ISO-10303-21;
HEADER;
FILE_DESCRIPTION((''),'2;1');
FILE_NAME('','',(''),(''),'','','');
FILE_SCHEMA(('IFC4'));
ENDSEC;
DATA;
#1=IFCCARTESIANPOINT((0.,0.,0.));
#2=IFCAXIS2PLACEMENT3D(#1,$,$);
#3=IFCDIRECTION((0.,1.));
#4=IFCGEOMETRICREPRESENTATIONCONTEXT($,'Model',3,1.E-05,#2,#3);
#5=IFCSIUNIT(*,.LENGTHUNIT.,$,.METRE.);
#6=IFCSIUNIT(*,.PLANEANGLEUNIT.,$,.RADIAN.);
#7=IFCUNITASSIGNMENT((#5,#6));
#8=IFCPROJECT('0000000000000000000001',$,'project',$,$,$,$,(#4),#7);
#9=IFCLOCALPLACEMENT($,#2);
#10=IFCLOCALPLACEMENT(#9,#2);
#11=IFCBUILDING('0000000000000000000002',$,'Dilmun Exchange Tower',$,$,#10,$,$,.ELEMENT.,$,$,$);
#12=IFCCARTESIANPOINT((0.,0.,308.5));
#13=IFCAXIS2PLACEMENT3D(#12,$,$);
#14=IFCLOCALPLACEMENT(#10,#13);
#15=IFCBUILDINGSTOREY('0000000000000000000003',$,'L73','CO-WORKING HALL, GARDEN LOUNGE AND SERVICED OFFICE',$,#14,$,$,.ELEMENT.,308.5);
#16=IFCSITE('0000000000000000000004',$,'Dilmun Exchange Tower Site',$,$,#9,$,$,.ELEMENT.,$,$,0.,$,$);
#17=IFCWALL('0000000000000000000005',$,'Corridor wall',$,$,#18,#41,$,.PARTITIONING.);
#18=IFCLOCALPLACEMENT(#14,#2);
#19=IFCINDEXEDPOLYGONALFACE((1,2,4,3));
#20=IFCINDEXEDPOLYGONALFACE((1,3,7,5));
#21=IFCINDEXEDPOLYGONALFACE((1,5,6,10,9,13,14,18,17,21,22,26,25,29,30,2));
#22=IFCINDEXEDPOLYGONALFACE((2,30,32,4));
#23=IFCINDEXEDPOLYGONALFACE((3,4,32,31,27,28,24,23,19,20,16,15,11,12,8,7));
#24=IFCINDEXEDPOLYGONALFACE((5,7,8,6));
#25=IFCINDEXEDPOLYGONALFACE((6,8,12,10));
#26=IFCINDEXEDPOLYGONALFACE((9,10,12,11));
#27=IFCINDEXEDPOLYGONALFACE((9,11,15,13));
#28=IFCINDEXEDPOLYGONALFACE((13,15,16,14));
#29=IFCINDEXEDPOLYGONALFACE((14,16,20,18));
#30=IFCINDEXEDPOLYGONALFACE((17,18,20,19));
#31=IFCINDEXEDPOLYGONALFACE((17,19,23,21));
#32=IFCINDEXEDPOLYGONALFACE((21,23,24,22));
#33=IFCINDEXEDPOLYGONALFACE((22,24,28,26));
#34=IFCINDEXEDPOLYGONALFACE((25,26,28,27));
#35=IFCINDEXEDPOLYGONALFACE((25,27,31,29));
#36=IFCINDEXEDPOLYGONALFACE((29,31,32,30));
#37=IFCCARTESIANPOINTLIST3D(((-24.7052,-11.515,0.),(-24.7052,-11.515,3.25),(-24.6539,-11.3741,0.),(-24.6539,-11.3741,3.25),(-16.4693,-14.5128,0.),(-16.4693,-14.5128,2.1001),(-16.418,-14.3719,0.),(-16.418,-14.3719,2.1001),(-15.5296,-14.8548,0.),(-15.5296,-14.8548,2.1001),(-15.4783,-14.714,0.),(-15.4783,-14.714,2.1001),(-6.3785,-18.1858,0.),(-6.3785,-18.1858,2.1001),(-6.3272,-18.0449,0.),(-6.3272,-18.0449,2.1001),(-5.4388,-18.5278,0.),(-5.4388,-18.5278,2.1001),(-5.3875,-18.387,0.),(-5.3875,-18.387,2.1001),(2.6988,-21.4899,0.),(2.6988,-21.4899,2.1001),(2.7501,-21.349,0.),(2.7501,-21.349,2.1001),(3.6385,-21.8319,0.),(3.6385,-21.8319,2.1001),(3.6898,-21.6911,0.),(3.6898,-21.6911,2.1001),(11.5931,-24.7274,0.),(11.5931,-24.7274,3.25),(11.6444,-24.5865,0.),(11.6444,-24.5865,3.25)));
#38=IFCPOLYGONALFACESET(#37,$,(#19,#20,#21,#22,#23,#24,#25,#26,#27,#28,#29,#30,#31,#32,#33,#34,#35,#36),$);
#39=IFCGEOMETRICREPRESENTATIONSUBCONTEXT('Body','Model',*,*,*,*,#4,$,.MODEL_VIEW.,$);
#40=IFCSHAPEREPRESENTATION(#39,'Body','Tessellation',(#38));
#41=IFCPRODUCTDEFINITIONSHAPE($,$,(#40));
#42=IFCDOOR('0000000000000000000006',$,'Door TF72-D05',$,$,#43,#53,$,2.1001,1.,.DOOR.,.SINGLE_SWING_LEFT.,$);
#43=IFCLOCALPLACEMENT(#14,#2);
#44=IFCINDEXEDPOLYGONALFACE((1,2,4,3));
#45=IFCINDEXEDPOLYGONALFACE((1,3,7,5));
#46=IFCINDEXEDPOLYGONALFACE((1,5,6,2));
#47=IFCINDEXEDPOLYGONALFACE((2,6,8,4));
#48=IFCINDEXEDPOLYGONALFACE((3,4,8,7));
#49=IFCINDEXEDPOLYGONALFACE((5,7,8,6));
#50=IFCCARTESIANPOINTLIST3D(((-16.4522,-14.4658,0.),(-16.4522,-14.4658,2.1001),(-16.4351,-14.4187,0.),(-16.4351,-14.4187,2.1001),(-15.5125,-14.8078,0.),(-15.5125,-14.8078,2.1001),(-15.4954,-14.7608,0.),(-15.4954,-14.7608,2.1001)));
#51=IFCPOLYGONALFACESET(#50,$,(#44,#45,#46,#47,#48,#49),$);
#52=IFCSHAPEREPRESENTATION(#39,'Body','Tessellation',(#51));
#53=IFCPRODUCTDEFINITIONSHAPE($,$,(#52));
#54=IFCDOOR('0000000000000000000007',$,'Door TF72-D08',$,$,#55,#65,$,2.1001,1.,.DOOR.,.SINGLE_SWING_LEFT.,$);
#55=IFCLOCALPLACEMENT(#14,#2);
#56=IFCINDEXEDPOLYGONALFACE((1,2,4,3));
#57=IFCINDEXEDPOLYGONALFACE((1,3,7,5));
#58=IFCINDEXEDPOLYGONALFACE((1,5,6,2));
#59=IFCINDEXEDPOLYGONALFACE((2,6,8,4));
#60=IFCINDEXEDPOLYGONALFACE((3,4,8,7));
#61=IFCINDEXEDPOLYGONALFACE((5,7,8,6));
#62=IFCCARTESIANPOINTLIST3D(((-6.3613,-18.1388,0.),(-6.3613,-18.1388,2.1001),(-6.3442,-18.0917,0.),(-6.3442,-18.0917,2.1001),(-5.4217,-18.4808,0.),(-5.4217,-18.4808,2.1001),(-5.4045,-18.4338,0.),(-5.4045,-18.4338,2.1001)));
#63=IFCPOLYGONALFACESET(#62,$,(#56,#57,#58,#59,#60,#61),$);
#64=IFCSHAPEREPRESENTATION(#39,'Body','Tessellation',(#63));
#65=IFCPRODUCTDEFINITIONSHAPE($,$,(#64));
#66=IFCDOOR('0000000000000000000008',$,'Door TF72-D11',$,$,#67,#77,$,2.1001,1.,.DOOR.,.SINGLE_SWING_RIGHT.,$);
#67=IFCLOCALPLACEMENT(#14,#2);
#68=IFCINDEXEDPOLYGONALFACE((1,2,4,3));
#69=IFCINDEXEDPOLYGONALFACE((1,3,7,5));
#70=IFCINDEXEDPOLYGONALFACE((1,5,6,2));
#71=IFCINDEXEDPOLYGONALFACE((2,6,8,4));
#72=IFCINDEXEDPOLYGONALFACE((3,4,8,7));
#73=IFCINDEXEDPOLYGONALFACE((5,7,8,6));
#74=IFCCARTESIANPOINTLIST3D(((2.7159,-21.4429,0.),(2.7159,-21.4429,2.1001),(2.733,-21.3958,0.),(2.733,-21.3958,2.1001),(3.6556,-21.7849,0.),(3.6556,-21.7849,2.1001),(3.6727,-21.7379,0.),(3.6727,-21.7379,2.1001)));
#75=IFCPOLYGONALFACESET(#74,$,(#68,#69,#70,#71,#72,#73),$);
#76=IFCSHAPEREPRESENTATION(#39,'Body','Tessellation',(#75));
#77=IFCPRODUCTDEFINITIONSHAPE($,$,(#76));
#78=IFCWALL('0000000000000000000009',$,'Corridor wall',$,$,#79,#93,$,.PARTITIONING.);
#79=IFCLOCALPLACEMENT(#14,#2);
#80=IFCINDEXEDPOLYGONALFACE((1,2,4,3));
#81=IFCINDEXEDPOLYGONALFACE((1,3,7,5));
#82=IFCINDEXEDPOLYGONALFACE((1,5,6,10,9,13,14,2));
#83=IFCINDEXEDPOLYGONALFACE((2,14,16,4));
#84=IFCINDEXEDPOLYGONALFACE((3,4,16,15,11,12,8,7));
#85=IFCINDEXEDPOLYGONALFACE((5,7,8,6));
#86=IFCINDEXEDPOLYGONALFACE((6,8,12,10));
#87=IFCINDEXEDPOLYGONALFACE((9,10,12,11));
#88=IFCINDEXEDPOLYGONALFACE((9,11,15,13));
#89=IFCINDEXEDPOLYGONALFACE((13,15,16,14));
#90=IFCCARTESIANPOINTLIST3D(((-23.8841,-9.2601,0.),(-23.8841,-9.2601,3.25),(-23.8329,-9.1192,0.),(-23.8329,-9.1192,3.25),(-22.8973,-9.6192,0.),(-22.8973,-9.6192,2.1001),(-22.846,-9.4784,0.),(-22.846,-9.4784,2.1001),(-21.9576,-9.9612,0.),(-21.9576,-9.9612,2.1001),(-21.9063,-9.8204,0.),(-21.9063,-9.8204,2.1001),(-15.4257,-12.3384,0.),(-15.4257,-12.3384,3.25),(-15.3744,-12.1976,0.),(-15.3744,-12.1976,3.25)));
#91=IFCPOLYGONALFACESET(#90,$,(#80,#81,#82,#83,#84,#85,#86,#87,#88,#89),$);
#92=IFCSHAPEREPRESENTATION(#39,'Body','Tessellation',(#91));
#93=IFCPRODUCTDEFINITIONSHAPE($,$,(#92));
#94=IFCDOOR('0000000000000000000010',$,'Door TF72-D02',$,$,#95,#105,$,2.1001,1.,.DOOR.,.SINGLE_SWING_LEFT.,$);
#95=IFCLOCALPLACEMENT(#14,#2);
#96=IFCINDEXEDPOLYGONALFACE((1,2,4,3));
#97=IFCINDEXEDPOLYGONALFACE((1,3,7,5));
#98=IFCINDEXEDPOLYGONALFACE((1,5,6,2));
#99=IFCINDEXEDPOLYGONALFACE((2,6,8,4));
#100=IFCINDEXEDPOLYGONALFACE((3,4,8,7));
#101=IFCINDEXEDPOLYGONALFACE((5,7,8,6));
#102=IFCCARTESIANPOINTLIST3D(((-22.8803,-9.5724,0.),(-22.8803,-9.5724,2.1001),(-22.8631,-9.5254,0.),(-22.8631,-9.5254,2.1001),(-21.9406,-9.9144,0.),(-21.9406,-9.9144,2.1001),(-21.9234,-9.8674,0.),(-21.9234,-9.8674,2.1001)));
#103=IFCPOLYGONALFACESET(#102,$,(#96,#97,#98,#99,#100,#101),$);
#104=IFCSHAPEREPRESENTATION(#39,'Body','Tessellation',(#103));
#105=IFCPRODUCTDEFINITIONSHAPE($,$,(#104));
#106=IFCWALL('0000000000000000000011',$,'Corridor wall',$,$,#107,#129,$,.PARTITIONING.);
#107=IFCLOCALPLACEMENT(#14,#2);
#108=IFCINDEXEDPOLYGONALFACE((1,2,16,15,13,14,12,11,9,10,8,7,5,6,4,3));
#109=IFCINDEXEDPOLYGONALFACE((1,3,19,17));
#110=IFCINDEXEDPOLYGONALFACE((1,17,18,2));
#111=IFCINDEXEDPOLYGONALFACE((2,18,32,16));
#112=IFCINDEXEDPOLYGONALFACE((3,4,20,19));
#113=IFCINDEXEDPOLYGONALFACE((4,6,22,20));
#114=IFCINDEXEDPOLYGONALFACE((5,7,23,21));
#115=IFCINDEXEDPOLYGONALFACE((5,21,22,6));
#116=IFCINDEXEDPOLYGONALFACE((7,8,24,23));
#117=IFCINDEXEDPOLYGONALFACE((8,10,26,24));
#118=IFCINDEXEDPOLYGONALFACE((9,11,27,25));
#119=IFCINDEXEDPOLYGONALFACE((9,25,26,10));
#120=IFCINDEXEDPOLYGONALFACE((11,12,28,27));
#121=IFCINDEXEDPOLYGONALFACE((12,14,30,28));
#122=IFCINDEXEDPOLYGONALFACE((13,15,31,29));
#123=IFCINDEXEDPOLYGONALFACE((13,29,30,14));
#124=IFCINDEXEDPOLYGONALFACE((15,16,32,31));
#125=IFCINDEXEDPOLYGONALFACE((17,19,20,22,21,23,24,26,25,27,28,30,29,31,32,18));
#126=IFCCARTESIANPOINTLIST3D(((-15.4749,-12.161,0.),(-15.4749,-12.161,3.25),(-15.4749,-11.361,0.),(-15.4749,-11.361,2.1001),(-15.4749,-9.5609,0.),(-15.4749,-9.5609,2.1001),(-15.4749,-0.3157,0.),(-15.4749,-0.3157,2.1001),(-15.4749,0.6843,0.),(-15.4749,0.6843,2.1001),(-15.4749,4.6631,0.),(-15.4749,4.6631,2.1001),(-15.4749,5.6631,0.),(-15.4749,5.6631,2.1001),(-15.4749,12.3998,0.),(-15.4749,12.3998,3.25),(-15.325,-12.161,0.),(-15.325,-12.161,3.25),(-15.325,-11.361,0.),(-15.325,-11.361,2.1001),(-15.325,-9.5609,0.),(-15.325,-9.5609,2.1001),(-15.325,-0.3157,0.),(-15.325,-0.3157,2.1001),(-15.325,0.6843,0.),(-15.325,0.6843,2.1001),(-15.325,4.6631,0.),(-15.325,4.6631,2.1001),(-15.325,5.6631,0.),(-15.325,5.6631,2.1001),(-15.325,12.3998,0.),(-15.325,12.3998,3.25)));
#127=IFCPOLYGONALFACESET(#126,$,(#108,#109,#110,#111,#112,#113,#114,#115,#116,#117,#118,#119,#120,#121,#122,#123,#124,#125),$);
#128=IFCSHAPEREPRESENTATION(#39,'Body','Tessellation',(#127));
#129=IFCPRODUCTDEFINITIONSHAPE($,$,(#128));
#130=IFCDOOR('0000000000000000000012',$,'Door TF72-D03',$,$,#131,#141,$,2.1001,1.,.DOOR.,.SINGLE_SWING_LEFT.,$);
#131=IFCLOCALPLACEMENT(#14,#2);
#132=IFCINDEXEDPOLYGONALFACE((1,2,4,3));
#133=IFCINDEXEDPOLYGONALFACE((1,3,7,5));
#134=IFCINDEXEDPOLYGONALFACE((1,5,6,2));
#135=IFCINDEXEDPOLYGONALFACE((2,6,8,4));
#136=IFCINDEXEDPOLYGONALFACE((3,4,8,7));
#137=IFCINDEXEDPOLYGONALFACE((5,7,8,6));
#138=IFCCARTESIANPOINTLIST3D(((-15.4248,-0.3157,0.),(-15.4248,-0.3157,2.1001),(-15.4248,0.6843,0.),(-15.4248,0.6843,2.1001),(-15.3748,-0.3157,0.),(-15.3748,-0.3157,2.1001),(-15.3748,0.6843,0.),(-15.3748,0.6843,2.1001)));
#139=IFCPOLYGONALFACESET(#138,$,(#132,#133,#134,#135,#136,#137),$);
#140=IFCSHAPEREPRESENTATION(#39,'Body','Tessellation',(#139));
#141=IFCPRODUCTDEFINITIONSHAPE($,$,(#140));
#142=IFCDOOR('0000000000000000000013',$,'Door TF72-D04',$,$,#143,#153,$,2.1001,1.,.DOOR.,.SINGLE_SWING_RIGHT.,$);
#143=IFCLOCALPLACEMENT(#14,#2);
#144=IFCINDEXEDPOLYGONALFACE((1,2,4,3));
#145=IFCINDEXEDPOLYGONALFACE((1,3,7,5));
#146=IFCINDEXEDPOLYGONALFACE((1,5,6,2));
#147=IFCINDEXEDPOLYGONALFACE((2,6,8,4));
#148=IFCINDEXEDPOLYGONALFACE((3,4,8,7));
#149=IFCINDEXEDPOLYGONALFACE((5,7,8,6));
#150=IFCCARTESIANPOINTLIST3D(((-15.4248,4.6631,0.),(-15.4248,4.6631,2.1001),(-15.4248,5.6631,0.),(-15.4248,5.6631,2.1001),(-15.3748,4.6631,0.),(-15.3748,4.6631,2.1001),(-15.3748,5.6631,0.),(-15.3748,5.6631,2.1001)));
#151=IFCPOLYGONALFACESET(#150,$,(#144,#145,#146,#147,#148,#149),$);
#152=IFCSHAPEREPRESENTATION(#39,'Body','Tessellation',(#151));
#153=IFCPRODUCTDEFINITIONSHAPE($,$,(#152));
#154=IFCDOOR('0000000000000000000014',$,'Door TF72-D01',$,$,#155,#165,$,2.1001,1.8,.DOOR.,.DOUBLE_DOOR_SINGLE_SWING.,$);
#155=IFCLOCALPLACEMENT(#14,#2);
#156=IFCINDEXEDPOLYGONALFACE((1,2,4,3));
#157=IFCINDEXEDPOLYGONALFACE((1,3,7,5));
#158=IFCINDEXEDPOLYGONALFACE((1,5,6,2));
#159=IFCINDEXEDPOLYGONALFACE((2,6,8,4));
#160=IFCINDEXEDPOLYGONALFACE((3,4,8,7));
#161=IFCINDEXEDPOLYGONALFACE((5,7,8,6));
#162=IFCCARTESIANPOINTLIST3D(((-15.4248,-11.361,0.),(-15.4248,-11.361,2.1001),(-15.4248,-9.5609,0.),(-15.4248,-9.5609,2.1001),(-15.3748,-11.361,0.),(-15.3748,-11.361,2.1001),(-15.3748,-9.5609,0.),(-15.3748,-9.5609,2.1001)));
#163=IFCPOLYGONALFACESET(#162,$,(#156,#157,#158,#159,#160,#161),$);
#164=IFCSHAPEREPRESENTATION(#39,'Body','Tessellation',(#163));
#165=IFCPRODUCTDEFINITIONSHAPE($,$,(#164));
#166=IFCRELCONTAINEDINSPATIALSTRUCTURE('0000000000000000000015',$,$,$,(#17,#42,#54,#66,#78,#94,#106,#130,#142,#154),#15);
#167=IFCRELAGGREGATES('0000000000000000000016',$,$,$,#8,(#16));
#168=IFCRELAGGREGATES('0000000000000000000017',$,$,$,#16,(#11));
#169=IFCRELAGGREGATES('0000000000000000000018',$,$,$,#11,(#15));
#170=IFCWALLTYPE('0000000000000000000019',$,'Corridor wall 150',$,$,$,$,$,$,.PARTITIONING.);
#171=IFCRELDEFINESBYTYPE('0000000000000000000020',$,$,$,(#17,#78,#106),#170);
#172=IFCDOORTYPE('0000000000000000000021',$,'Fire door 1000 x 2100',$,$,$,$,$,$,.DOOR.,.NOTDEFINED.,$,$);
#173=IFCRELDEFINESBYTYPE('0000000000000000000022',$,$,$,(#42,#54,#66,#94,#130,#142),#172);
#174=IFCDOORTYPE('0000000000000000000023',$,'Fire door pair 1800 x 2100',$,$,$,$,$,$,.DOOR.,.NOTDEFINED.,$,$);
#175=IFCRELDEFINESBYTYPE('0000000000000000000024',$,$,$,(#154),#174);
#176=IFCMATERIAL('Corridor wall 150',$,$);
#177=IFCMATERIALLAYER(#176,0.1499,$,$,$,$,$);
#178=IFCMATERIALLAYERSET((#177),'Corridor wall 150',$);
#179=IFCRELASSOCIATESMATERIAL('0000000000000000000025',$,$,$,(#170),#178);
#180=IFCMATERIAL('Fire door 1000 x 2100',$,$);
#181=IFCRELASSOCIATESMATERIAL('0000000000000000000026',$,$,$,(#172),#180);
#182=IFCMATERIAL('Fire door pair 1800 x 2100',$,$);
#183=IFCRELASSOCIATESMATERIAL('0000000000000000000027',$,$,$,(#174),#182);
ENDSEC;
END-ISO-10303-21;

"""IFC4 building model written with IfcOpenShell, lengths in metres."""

from ifc_helpers import new_model, si_unit, direction, frame, frame_2d, origin, place, context, subcontext, project, spatial, rectangle, extrude, material, layer, layer_set, type_object, element, fill, save


model = new_model("IFC4")

# Units and contexts
model_context = context("Model", 3, precision=1e-05, world=origin(), true_north=direction((0.0, 1.0)))
body_context = subcontext(model_context, "Body", "Model", "MODEL_VIEW")
ifc_project = project(units=[si_unit("LENGTHUNIT", "METRE"), si_unit("PLANEANGLEUNIT", "RADIAN")], contexts=[model_context])

# Site, building, storey
site_placement = place(None, origin())
site = spatial("IfcSite", under=ifc_project, at=site_placement, Name="Dilmun Exchange Tower Site", CompositionType="ELEMENT", RefElevation=0.0)
building_placement = place(site_placement, origin())
building = spatial("IfcBuilding", under=site, at=building_placement, Name="Dilmun Exchange Tower", CompositionType="ELEMENT")
storey_placement = place(building_placement, frame((0.0, 0.0, 308.5)))
storey = spatial("IfcBuildingStorey", under=building, at=storey_placement, Name="L73", Description="CO-WORKING HALL, GARDEN LOUNGE AND SERVICED OFFICE", CompositionType="ELEMENT", Elevation=308.5)

# Shared definitions
ifc_material_1 = material(Name="Corridor wall 150")
ifc_layer_1 = layer(ifc_material_1, 0.1499)
ifc_layer_set_1 = layer_set([ifc_layer_1], Name="Corridor wall 150")
wall_type_1 = type_object("IfcWallType", Name="Corridor wall 150", PredefinedType="PARTITIONING", material=ifc_layer_set_1)

# Wall, openings, doors
wall_1_placement = place(storey_placement, frame((-24.6794, -11.4446, 0.0), z_axis=(0.0, 0.0, 1.0), x_axis=(0.939685, -0.34204, 0.0)))
wall_1 = element("IfcWall", 1, at=wall_1_placement, inside=storey, type_object=wall_type_1, Name="Corridor wall", PredefinedType="PARTITIONING", context=body_context, shape_type="SweptSolid", body=[
    extrude(rectangle(XDim=38.6282, YDim=0.1499, at=frame_2d((19.314, 0.0))), origin(), (0.0, 0.0, 1.0), 3.25),
])
opening_1_placement = place(wall_1_placement, frame((8.7644, 0.0, 0.0)))
opening_1 = element("IfcOpeningElement", 2, at=opening_1_placement, cuts=wall_1, PredefinedType="OPENING", context=body_context, shape_type="SweptSolid", body=[
    extrude(rectangle(XDim=1.0, YDim=2.1001, at=frame_2d((0.5, 1.05))), frame((0.0, 0.085, 0.0), z_axis=(0.0, -1.0, 0.0), x_axis=(1.0, 0.0, 0.0)), (0.0, 0.0, 1.0), 0.1699),
])
opening_2_placement = place(wall_1_placement, frame((19.5029, 0.0, 0.0)))
opening_2 = element("IfcOpeningElement", 3, at=opening_2_placement, cuts=wall_1, PredefinedType="OPENING", context=body_context, shape_type="SweptSolid", body=[
    extrude(rectangle(XDim=1.0, YDim=2.1001, at=frame_2d((0.5, 1.05))), frame((0.0, 0.085, 0.0), z_axis=(0.0, -1.0, 0.0), x_axis=(1.0, 0.0, 0.0)), (0.0, 0.0, 1.0), 0.1699),
])
opening_3_placement = place(wall_1_placement, frame((29.1628, 0.0, 0.0)))
opening_3 = element("IfcOpeningElement", 4, at=opening_3_placement, cuts=wall_1, PredefinedType="OPENING", context=body_context, shape_type="SweptSolid", body=[
    extrude(rectangle(XDim=1.0, YDim=2.1001, at=frame_2d((0.5, 1.05))), frame((0.0, 0.085, 0.0), z_axis=(0.0, -1.0, 0.0), x_axis=(1.0, 0.0, 0.0)), (0.0, 0.0, 1.0), 0.1699),
])
ifc_material_2 = material(Name="Fire door 1000 x 2100")
door_type_1 = type_object("IfcDoorType", Name="Fire door 1000 x 2100", OperationType="NOTDEFINED", PredefinedType="DOOR", material=ifc_material_2)
door_1_placement = place(opening_1_placement, frame((1.0, 0.0, 0.0), z_axis=(0.0, 0.0, 1.0), x_axis=(-1.0, 0.0, 0.0)))
door_1 = element("IfcDoor", 5, at=door_1_placement, inside=storey, type_object=door_type_1, Name="Door TF72-D05", OperationType="SINGLE_SWING_LEFT", OverallHeight=2.1001, OverallWidth=1.0, PredefinedType="DOOR", context=body_context, shape_type="SweptSolid", body=[
    extrude(rectangle(XDim=1.0, YDim=2.1001, at=frame_2d((0.5, 1.05))), frame((0.0, 0.0249, 0.0), z_axis=(0.0, -1.0, 0.0), x_axis=(1.0, 0.0, 0.0)), (0.0, 0.0, 1.0), 0.05),
])
fill(opening_1, door_1)
door_2_placement = place(opening_2_placement, frame((1.0, 0.0, 0.0), z_axis=(0.0, 0.0, 1.0), x_axis=(-1.0, 0.0, 0.0)))
door_2 = element("IfcDoor", 6, at=door_2_placement, inside=storey, type_object=door_type_1, Name="Door TF72-D08", OperationType="SINGLE_SWING_LEFT", OverallHeight=2.1001, OverallWidth=1.0, PredefinedType="DOOR", context=body_context, shape_type="SweptSolid", body=[
    extrude(rectangle(XDim=1.0, YDim=2.1001, at=frame_2d((0.5, 1.05))), frame((0.0, 0.0249, 0.0), z_axis=(0.0, -1.0, 0.0), x_axis=(1.0, 0.0, 0.0)), (0.0, 0.0, 1.0), 0.05),
])
fill(opening_2, door_2)
door_3_placement = place(opening_3_placement, frame((1.0, 0.0, 0.0), z_axis=(0.0, 0.0, 1.0), x_axis=(-1.0, 0.0, 0.0)))
door_3 = element("IfcDoor", 7, at=door_3_placement, inside=storey, type_object=door_type_1, Name="Door TF72-D11", OperationType="SINGLE_SWING_RIGHT", OverallHeight=2.1001, OverallWidth=1.0, PredefinedType="DOOR", context=body_context, shape_type="SweptSolid", body=[
    extrude(rectangle(XDim=1.0, YDim=2.1001, at=frame_2d((0.5, 1.05))), frame((0.0, 0.0249, 0.0), z_axis=(0.0, -1.0, 0.0), x_axis=(1.0, 0.0, 0.0)), (0.0, 0.0, 1.0), 0.05),
])
fill(opening_3, door_3)

# Wall, opening, door
wall_2_placement = place(storey_placement, frame((-23.8584, -9.1897, 0.0), z_axis=(0.0, 0.0, 1.0), x_axis=(0.939702, -0.341993, 0.0)))
wall_2 = element("IfcWall", 8, at=wall_2_placement, inside=storey, type_object=wall_type_1, Name="Corridor wall", PredefinedType="PARTITIONING", context=body_context, shape_type="SweptSolid", body=[
    extrude(rectangle(XDim=9.0012, YDim=0.1499, at=frame_2d((4.5005, 0.0))), origin(), (0.0, 0.0, 1.0), 3.25),
])
opening_4_placement = place(wall_2_placement, frame((1.05, 0.0, 0.0)))
opening_4 = element("IfcOpeningElement", 9, at=opening_4_placement, cuts=wall_2, PredefinedType="OPENING", context=body_context, shape_type="SweptSolid", body=[
    extrude(rectangle(XDim=1.0, YDim=2.1001, at=frame_2d((0.5, 1.05))), frame((0.0, 0.085, 0.0), z_axis=(0.0, -1.0, 0.0), x_axis=(1.0, 0.0, 0.0)), (0.0, 0.0, 1.0), 0.1699),
])
door_4_placement = place(opening_4_placement, origin())
door_4 = element("IfcDoor", 10, at=door_4_placement, inside=storey, type_object=door_type_1, Name="Door TF72-D02", OperationType="SINGLE_SWING_LEFT", OverallHeight=2.1001, OverallWidth=1.0, PredefinedType="DOOR", context=body_context, shape_type="SweptSolid", body=[
    extrude(rectangle(XDim=1.0, YDim=2.1001, at=frame_2d((0.5, 1.05))), frame((0.0, 0.0249, 0.0), z_axis=(0.0, -1.0, 0.0), x_axis=(1.0, 0.0, 0.0)), (0.0, 0.0, 1.0), 0.05),
])
fill(opening_4, door_4)

# Wall, openings, doors
wall_3_placement = place(storey_placement, frame((-15.3999, -12.1609, 0.0), z_axis=(0.0, 0.0, 1.0), x_axis=(0.0, 1.0, 0.0)))
wall_3 = element("IfcWall", 11, at=wall_3_placement, inside=storey, type_object=wall_type_1, Name="Corridor wall", PredefinedType="PARTITIONING", context=body_context, shape_type="SweptSolid", body=[
    extrude(rectangle(XDim=24.5608, YDim=0.1499, at=frame_2d((12.2803, 0.0))), origin(), (0.0, 0.0, 1.0), 3.25),
])
opening_5_placement = place(wall_3_placement, frame((0.8, 0.0, 0.0)))
opening_5 = element("IfcOpeningElement", 12, at=opening_5_placement, cuts=wall_3, PredefinedType="OPENING", context=body_context, shape_type="SweptSolid", body=[
    extrude(rectangle(XDim=1.8, YDim=2.1001, at=frame_2d((0.8999, 1.05))), frame((0.0, 0.085, 0.0), z_axis=(0.0, -1.0, 0.0), x_axis=(1.0, 0.0, 0.0)), (0.0, 0.0, 1.0), 0.1699),
])
opening_6_placement = place(wall_3_placement, frame((11.8452, 0.0, 0.0)))
opening_6 = element("IfcOpeningElement", 13, at=opening_6_placement, cuts=wall_3, PredefinedType="OPENING", context=body_context, shape_type="SweptSolid", body=[
    extrude(rectangle(XDim=1.0, YDim=2.1001, at=frame_2d((0.5, 1.05))), frame((0.0, 0.085, 0.0), z_axis=(0.0, -1.0, 0.0), x_axis=(1.0, 0.0, 0.0)), (0.0, 0.0, 1.0), 0.1699),
])
opening_7_placement = place(wall_3_placement, frame((16.824, 0.0, 0.0)))
opening_7 = element("IfcOpeningElement", 14, at=opening_7_placement, cuts=wall_3, PredefinedType="OPENING", context=body_context, shape_type="SweptSolid", body=[
    extrude(rectangle(XDim=1.0, YDim=2.1001, at=frame_2d((0.5, 1.05))), frame((0.0, 0.085, 0.0), z_axis=(0.0, -1.0, 0.0), x_axis=(1.0, 0.0, 0.0)), (0.0, 0.0, 1.0), 0.1699),
])
door_5_placement = place(opening_6_placement, origin())
door_5 = element("IfcDoor", 15, at=door_5_placement, inside=storey, type_object=door_type_1, Name="Door TF72-D03", OperationType="SINGLE_SWING_LEFT", OverallHeight=2.1001, OverallWidth=1.0, PredefinedType="DOOR", context=body_context, shape_type="SweptSolid", body=[
    extrude(rectangle(XDim=1.0, YDim=2.1001, at=frame_2d((0.5, 1.05))), frame((0.0, 0.0249, 0.0), z_axis=(0.0, -1.0, 0.0), x_axis=(1.0, 0.0, 0.0)), (0.0, 0.0, 1.0), 0.05),
])
fill(opening_6, door_5)
door_6_placement = place(opening_7_placement, origin())
door_6 = element("IfcDoor", 16, at=door_6_placement, inside=storey, type_object=door_type_1, Name="Door TF72-D04", OperationType="SINGLE_SWING_RIGHT", OverallHeight=2.1001, OverallWidth=1.0, PredefinedType="DOOR", context=body_context, shape_type="SweptSolid", body=[
    extrude(rectangle(XDim=1.0, YDim=2.1001, at=frame_2d((0.5, 1.05))), frame((0.0, 0.0249, 0.0), z_axis=(0.0, -1.0, 0.0), x_axis=(1.0, 0.0, 0.0)), (0.0, 0.0, 1.0), 0.05),
])
fill(opening_7, door_6)
ifc_material_3 = material(Name="Fire door pair 1800 x 2100")
door_type_2 = type_object("IfcDoorType", Name="Fire door pair 1800 x 2100", OperationType="NOTDEFINED", PredefinedType="DOOR", material=ifc_material_3)
door_7_placement = place(opening_5_placement, origin())
door_7 = element("IfcDoor", 17, at=door_7_placement, inside=storey, type_object=door_type_2, Name="Door TF72-D01", OperationType="DOUBLE_DOOR_SINGLE_SWING", OverallHeight=2.1001, OverallWidth=1.8, PredefinedType="DOOR", context=body_context, shape_type="SweptSolid", body=[
    extrude(rectangle(XDim=1.8, YDim=2.1001, at=frame_2d((0.8999, 1.05))), frame((0.0, 0.0249, 0.0), z_axis=(0.0, -1.0, 0.0), x_axis=(1.0, 0.0, 0.0)), (0.0, 0.0, 1.0), 0.05),
])
fill(opening_5, door_7)

save(model, "model.ifc")
